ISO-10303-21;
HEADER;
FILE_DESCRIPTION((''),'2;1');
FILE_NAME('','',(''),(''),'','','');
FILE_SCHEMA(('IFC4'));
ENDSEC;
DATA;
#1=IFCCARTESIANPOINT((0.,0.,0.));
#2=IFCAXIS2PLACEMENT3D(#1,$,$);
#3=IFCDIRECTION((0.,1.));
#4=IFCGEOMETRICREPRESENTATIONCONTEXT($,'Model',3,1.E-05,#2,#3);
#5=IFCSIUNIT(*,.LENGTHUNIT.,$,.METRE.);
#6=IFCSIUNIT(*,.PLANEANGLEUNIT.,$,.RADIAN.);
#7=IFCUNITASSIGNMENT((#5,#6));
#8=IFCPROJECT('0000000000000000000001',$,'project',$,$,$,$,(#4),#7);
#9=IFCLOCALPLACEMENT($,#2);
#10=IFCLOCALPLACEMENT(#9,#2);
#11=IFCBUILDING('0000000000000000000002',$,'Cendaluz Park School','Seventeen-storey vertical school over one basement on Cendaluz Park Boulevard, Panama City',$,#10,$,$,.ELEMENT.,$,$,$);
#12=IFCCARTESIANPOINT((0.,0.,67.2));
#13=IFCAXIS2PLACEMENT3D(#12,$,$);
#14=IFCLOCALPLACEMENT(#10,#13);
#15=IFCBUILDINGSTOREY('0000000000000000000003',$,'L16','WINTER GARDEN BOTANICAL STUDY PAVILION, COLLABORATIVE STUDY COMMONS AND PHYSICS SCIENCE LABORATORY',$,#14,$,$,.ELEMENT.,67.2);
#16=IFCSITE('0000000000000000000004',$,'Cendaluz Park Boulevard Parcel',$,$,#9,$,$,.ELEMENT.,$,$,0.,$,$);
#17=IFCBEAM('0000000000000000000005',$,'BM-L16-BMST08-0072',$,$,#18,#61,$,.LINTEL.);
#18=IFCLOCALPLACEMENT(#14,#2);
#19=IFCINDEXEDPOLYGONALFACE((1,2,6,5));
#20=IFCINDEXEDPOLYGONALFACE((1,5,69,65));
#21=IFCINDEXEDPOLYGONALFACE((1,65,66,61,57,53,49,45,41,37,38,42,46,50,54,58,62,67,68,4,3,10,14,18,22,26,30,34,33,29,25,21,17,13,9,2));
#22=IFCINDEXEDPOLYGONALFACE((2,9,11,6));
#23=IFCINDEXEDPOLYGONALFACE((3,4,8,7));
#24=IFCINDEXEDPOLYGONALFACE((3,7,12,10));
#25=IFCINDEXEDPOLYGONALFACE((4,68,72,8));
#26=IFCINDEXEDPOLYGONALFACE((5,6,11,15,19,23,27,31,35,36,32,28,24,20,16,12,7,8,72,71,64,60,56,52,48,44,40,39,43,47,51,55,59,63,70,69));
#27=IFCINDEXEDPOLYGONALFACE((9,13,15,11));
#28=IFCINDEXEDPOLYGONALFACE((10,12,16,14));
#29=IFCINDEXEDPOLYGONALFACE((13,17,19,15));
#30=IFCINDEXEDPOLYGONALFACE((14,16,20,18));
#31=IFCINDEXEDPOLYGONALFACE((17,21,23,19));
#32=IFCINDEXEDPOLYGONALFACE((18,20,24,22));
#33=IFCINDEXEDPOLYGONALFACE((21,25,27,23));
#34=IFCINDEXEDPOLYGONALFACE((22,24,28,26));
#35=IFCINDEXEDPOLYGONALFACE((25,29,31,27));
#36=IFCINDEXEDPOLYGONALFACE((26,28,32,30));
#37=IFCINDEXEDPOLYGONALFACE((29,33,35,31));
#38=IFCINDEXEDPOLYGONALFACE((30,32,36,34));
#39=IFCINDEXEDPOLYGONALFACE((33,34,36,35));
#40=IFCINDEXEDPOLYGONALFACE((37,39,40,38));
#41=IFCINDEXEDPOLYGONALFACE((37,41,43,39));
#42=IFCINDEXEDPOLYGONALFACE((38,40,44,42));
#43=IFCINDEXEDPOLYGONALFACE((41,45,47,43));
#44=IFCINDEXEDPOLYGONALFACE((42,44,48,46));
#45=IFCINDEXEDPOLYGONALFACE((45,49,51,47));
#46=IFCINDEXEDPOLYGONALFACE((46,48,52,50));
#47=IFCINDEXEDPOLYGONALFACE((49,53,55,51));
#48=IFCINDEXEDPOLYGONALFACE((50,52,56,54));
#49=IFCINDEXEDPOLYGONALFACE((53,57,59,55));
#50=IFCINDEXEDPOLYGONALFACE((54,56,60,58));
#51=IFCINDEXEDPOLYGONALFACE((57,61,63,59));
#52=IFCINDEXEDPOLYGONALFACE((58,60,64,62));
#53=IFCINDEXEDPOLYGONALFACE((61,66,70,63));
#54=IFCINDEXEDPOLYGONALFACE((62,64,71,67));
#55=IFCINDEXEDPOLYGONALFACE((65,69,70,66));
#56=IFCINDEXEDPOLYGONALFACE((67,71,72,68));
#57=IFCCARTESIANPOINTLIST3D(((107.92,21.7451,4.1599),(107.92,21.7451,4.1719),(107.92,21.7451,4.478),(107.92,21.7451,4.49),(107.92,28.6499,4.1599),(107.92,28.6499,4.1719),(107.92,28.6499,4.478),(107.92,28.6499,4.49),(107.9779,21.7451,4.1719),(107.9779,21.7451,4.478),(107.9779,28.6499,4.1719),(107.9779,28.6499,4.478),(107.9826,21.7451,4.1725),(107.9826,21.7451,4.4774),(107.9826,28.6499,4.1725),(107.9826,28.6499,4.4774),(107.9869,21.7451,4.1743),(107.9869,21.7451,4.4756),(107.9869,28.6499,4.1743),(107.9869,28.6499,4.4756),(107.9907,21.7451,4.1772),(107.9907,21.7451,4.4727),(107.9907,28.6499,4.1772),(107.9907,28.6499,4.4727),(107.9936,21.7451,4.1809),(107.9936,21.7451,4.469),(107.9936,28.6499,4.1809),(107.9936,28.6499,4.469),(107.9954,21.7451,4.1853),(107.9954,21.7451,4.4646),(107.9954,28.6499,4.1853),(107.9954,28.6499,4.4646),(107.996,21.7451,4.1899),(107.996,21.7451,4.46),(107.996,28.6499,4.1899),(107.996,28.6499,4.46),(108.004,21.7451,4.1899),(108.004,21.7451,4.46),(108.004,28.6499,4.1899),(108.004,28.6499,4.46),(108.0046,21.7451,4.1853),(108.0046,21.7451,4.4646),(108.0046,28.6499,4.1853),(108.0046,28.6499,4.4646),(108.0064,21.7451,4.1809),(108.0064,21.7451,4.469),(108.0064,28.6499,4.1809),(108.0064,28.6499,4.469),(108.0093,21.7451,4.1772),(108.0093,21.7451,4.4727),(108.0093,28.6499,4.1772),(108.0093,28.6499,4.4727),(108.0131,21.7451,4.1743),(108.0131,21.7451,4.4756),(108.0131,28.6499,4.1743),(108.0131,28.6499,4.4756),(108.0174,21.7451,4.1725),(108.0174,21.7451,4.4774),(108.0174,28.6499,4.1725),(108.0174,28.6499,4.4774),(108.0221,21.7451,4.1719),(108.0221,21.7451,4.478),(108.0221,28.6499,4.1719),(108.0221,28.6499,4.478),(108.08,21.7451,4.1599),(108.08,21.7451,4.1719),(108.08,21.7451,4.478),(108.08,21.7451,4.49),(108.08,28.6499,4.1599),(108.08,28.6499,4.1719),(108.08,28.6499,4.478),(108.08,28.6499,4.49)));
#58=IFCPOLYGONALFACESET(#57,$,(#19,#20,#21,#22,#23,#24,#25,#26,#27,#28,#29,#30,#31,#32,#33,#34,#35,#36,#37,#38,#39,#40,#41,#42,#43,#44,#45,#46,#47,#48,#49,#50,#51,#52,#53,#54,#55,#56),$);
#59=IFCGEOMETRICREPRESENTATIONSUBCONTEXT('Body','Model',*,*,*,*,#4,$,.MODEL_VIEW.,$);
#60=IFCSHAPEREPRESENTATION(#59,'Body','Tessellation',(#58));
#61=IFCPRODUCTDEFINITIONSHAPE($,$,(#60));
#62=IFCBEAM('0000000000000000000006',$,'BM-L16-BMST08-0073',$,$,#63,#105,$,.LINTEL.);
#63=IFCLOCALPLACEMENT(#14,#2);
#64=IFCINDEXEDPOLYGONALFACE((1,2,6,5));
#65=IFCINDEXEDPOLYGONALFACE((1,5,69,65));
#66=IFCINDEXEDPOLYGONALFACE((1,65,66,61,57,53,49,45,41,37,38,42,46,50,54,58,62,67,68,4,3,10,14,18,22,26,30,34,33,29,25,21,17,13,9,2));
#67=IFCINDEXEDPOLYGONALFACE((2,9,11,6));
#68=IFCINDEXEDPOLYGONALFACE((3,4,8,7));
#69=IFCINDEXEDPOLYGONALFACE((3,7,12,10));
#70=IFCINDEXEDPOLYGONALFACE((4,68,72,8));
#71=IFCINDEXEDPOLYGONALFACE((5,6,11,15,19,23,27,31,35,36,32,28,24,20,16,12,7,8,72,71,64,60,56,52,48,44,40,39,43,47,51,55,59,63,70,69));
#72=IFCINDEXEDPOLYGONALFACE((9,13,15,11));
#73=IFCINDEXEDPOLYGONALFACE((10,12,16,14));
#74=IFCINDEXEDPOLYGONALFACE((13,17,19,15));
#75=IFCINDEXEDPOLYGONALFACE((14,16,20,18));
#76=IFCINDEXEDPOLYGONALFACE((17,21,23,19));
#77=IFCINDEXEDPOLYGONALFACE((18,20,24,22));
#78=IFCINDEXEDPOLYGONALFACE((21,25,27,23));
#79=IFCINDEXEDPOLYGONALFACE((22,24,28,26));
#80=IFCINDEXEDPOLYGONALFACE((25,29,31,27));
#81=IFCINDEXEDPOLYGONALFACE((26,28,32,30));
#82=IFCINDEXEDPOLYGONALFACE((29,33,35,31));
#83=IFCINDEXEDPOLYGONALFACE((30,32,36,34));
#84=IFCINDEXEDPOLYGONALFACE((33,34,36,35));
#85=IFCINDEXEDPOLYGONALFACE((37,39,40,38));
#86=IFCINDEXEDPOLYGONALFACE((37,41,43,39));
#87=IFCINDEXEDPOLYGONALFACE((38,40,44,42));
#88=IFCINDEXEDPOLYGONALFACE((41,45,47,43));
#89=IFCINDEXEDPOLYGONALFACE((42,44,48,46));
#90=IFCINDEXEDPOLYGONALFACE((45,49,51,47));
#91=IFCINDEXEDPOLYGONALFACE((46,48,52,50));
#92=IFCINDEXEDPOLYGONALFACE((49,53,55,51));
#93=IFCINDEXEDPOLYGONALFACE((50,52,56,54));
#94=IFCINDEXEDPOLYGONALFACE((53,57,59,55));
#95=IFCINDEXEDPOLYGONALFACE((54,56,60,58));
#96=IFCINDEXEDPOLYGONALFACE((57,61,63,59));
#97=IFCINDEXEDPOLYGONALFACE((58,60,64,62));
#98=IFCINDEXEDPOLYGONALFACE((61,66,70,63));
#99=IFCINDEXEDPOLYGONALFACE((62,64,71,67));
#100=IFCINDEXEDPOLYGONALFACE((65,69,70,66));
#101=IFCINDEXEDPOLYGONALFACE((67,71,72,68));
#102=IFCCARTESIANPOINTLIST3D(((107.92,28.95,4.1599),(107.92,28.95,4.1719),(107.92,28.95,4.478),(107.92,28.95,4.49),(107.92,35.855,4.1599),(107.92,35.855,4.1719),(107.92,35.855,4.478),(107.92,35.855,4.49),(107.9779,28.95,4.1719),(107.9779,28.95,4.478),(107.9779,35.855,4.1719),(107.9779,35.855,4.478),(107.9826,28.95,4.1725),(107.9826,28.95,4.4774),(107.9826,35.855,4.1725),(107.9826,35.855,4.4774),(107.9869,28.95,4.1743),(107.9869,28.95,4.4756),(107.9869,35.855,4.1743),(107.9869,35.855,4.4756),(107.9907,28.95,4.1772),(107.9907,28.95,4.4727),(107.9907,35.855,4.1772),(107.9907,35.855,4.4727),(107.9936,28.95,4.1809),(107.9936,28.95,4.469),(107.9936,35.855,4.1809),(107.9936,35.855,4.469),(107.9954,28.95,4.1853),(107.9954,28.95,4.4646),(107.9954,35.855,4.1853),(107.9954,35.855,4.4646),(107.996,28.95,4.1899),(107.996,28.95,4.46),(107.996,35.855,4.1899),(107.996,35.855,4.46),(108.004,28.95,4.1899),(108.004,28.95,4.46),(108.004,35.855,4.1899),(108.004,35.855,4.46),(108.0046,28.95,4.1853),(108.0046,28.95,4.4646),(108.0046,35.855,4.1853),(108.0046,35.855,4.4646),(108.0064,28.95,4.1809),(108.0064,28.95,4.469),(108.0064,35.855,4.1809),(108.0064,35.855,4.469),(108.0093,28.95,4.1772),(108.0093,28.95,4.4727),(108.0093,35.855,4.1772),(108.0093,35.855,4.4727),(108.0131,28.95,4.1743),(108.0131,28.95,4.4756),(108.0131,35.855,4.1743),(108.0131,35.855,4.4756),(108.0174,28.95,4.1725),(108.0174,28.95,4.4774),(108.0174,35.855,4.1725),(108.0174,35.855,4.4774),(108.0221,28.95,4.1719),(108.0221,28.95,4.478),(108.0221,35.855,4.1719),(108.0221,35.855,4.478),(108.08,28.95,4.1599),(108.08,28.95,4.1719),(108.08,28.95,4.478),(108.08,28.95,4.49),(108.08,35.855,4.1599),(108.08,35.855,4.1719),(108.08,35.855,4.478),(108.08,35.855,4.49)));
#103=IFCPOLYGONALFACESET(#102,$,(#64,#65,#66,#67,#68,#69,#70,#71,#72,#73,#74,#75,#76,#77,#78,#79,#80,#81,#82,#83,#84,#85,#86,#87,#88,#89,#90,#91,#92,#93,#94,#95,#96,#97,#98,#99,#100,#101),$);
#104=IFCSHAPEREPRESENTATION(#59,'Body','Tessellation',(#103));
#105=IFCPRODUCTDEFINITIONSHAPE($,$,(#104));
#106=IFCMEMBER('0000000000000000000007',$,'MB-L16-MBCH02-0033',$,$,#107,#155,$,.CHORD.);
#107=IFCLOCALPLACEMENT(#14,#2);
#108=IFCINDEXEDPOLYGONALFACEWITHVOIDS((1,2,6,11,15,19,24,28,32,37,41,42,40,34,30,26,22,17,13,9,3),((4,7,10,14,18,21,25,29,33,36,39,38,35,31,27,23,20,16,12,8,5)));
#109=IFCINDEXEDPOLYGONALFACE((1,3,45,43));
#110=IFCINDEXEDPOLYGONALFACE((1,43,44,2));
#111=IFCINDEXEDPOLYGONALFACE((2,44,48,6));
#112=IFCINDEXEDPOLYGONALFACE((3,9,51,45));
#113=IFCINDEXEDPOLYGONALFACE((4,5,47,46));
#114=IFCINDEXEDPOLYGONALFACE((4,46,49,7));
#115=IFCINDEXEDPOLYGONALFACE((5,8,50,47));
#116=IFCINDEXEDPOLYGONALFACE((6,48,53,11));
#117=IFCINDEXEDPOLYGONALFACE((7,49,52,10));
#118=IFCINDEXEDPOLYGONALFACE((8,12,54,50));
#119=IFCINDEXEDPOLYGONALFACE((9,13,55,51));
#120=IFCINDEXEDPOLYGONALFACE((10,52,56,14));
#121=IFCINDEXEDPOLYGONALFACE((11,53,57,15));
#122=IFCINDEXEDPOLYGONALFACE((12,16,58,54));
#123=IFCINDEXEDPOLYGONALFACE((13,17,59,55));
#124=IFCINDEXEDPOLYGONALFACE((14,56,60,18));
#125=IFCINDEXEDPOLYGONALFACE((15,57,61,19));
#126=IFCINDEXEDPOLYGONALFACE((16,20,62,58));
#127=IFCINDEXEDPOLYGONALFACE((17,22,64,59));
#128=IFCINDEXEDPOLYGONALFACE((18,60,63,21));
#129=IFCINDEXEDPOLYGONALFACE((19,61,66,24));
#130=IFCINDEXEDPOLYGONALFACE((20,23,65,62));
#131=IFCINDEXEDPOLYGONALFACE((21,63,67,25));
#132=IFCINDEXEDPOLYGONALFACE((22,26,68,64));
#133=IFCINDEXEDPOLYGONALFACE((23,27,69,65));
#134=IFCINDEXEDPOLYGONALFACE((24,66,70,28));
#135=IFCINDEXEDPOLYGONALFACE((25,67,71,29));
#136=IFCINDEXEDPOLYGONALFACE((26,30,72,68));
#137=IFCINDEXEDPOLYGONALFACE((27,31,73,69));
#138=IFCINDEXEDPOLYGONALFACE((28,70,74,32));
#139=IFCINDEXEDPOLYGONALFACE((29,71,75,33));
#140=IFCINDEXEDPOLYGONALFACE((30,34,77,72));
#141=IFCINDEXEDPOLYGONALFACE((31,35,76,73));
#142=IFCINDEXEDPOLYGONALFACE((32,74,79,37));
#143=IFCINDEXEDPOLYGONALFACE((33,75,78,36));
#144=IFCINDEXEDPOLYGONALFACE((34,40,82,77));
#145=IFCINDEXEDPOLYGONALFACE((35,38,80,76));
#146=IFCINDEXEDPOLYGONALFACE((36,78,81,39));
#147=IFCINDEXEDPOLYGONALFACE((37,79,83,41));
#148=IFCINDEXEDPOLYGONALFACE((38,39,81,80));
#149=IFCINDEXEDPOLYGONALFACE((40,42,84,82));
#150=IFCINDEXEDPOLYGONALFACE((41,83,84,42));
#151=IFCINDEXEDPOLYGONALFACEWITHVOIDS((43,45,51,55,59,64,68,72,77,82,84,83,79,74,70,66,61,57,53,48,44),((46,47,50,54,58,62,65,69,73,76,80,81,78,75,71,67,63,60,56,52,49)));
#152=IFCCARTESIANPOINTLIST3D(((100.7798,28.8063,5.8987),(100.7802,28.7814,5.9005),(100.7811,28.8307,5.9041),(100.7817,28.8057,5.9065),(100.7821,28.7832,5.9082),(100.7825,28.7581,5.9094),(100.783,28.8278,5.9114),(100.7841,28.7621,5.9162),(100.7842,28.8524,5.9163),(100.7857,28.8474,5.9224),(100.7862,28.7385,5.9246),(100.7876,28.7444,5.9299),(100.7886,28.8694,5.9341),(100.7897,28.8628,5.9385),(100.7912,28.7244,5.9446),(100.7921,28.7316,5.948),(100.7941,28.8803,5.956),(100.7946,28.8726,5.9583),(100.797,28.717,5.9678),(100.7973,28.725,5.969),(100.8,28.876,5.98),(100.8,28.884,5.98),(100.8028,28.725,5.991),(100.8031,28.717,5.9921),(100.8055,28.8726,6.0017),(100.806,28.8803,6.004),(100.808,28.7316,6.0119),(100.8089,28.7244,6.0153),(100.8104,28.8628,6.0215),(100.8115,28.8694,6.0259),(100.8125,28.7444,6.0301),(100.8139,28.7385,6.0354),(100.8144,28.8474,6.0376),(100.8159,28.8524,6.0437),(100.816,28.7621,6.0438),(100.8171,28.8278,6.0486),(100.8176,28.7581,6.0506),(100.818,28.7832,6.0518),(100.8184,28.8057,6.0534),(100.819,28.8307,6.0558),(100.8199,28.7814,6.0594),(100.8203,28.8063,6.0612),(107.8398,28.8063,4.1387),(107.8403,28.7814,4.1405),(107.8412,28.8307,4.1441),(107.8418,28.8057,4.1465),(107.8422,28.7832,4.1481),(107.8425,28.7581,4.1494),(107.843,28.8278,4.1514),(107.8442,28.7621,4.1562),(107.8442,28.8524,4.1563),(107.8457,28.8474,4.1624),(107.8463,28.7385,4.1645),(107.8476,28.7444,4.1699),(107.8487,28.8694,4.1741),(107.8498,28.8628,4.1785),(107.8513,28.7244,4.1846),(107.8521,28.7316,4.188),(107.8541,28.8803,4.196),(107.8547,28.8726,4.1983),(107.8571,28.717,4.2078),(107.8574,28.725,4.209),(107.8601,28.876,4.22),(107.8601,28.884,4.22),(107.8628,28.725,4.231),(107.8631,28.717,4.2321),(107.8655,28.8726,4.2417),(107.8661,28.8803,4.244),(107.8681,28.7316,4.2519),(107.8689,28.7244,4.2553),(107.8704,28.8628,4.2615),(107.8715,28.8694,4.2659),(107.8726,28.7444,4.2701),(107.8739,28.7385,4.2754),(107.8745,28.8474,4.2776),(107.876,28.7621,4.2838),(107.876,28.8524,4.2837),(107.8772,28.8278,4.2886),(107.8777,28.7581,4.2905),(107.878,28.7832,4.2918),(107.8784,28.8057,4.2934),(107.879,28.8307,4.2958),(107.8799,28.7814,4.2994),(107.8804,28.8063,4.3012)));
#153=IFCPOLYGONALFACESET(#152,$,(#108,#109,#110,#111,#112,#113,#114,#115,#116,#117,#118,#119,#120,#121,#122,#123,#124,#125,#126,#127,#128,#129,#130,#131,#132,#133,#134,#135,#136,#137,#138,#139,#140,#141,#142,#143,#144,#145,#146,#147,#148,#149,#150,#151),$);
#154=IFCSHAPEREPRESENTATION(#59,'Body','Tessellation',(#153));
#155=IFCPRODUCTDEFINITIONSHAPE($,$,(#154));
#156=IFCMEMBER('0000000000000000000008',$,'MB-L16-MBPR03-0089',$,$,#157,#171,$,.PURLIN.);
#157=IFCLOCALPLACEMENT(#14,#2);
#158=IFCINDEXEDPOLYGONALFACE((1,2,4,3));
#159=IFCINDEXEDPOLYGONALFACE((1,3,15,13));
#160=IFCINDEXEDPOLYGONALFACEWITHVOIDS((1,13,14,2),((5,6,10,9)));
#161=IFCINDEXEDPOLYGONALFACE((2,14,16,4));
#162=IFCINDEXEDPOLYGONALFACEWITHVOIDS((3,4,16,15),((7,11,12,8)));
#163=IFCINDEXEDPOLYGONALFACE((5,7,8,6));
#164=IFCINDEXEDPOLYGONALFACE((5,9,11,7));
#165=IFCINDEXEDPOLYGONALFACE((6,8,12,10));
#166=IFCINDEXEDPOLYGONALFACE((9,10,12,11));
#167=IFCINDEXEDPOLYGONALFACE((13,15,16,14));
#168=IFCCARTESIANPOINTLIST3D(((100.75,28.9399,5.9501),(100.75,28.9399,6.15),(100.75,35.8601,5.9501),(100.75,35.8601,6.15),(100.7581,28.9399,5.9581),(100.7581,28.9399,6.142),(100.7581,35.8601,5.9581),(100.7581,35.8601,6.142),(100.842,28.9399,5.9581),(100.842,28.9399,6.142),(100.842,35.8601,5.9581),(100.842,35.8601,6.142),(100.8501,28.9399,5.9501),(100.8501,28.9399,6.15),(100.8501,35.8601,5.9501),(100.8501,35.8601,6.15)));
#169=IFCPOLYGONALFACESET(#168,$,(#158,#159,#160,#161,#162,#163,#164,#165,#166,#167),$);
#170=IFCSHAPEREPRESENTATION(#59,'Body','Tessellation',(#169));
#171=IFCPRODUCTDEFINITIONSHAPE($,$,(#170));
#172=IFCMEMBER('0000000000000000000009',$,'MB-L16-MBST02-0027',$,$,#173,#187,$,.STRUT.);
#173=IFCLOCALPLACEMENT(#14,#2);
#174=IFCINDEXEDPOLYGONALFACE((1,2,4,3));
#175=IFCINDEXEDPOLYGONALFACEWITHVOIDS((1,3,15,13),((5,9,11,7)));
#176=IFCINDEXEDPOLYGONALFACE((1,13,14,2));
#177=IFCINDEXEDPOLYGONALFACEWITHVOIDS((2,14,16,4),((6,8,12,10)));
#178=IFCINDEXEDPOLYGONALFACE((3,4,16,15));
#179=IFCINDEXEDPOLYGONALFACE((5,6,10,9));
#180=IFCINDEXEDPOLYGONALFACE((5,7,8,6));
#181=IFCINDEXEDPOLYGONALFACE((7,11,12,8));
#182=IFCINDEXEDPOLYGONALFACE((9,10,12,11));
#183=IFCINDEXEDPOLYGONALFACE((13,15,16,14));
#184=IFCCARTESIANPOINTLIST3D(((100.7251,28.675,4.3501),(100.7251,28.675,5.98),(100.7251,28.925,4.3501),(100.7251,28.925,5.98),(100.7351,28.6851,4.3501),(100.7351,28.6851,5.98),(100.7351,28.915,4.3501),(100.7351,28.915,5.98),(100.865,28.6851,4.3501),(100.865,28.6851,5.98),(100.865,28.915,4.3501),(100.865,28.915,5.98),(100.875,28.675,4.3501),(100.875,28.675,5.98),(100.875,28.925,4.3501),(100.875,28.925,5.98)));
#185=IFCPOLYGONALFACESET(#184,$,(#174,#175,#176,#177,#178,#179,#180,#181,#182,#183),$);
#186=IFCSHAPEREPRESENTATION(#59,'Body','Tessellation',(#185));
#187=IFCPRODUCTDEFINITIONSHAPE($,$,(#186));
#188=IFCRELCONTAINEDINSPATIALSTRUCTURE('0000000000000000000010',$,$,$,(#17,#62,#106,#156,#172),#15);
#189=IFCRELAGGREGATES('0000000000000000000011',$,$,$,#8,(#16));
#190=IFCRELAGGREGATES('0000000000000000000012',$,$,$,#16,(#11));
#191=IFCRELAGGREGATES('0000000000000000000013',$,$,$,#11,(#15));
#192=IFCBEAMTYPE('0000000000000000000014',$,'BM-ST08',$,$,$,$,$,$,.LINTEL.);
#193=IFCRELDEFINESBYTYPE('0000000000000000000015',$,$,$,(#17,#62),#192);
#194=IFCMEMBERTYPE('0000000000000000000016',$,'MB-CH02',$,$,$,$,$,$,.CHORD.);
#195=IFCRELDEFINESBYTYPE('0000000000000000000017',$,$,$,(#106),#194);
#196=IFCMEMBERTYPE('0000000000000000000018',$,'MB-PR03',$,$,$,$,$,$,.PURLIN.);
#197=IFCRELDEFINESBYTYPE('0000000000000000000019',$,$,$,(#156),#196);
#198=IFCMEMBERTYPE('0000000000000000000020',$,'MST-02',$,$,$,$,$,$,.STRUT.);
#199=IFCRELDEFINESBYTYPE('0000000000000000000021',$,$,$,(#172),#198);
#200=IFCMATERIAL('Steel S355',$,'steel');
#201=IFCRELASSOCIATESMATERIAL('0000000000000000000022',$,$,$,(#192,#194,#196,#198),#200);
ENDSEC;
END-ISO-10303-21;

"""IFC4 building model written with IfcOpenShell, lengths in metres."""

from ifc_helpers import new_model, si_unit, direction, frame, origin, origin_2d, place, context, subcontext, project, spatial, hollow_rectangle, hollow_circle, i_section, extrude, material, material_profile, profile_set, type_object, element, save


model = new_model("IFC4")

# Units and contexts
model_context = context("Model", 3, precision=1e-05, world=origin(), true_north=direction((0.0, 1.0)))
body_context = subcontext(model_context, "Body", "Model", "MODEL_VIEW")
ifc_project = project(units=[si_unit("LENGTHUNIT", "METRE"), si_unit("PLANEANGLEUNIT", "RADIAN")], contexts=[model_context])

# Site, building, storey
site_placement = place(None, origin())
site = spatial("IfcSite", under=ifc_project, at=site_placement, Name="Cendaluz Park Boulevard Parcel", CompositionType="ELEMENT", RefElevation=0.0)
building_placement = place(site_placement, origin())
building = spatial("IfcBuilding", under=site, at=building_placement, Name="Cendaluz Park School", Description="Seventeen-storey vertical school over one basement on Cendaluz Park Boulevard, Panama City", CompositionType="ELEMENT")
storey_placement = place(building_placement, frame((0.0, 0.0, 67.2)))
storey = spatial("IfcBuildingStorey", under=building, at=storey_placement, Name="L16", Description="WINTER GARDEN BOTANICAL STUDY PAVILION, COLLABORATIVE STUDY COMMONS AND PHYSICS SCIENCE LABORATORY", CompositionType="ELEMENT", Elevation=67.2)

# Shared definitions
ifc_material_1 = material(Name="Steel S355", Category="steel")

# Beams
ifc_material_profile_1 = material_profile(ifc_material_1, i_section(OverallWidth=0.1599, OverallDepth=0.3301, WebThickness=0.0081, FlangeThickness=0.012, FilletRadius=0.0181, at=origin_2d()), Name="IPE 330", Category="steel")
ifc_profile_set_1 = profile_set([ifc_material_profile_1], Name="Steel S355")
beam_type_1 = type_object("IfcBeamType", Name="BM-ST08", PredefinedType="LINTEL", material=ifc_profile_set_1)
beam_1_placement = place(storey_placement, frame((108.0, 21.7451, 4.325), z_axis=(0.0, 1.0, 0.0), x_axis=(-1.0, 0.0, 0.0)))
element("IfcBeam", 1, at=beam_1_placement, inside=storey, type_object=beam_type_1, Name="BM-L16-BMST08-0072", PredefinedType="LINTEL", context=body_context, shape_type="SweptSolid", body=[
    extrude(i_section(OverallWidth=0.1599, OverallDepth=0.3301, WebThickness=0.0081, FlangeThickness=0.012, FilletRadius=0.0181, at=origin_2d()), origin(), (0.0, 0.0, 1.0), 6.9048),
])
beam_2_placement = place(storey_placement, frame((108.0, 28.95, 4.325), z_axis=(0.0, 1.0, 0.0), x_axis=(-1.0, 0.0, 0.0)))
element("IfcBeam", 2, at=beam_2_placement, inside=storey, type_object=beam_type_1, Name="BM-L16-BMST08-0073", PredefinedType="LINTEL", context=body_context, shape_type="SweptSolid", body=[
    extrude(i_section(OverallWidth=0.1599, OverallDepth=0.3301, WebThickness=0.0081, FlangeThickness=0.012, FilletRadius=0.0181, at=origin_2d()), origin(), (0.0, 0.0, 1.0), 6.905),
])

# Members
ifc_material_profile_2 = material_profile(ifc_material_1, hollow_circle(Radius=0.084, WallThickness=0.0081, at=origin_2d()), Name="CHS 168x8", Category="steel")
ifc_profile_set_2 = profile_set([ifc_material_profile_2], Name="Steel S355")
member_type_1 = type_object("IfcMemberType", Name="MB-CH02", PredefinedType="CHORD", material=ifc_profile_set_2)
member_1_placement = place(storey_placement, frame((100.8, 28.8, 5.98), z_axis=(0.970304, 0.0, -0.241888), x_axis=(0.0, 1.0, 0.0)))
element("IfcMember", 3, at=member_1_placement, inside=storey, type_object=member_type_1, Name="MB-L16-MBCH02-0033", PredefinedType="CHORD", context=body_context, shape_type="SweptSolid", body=[
    extrude(hollow_circle(Radius=0.084, WallThickness=0.0081, at=origin_2d()), origin(), (0.0, 0.0, 1.0), 7.2761),
])
ifc_material_profile_3 = material_profile(ifc_material_1, hollow_rectangle(XDim=0.1001, YDim=0.2, WallThickness=0.0081, at=origin_2d()), Name="RHS 200x100x8", Category="steel")
ifc_profile_set_3 = profile_set([ifc_material_profile_3], Name="Steel S355")
member_type_2 = type_object("IfcMemberType", Name="MB-PR03", PredefinedType="PURLIN", material=ifc_profile_set_3)
member_2_placement = place(storey_placement, frame((100.8, 28.9399, 6.05), z_axis=(0.0, 1.0, 0.0), x_axis=(-1.0, 0.0, 0.0)))
element("IfcMember", 4, at=member_2_placement, inside=storey, type_object=member_type_2, Name="MB-L16-MBPR03-0089", PredefinedType="PURLIN", context=body_context, shape_type="SweptSolid", body=[
    extrude(hollow_rectangle(XDim=0.1001, YDim=0.2, WallThickness=0.0081, at=origin_2d()), origin(), (0.0, 0.0, 1.0), 6.9202),
])
ifc_material_profile_4 = material_profile(ifc_material_1, hollow_rectangle(XDim=0.1499, YDim=0.25, WallThickness=0.01, at=origin_2d()), Name="RHS 250x150x10", Category="steel")
ifc_profile_set_4 = profile_set([ifc_material_profile_4], Name="Steel S355")
member_type_3 = type_object("IfcMemberType", Name="MST-02", PredefinedType="STRUT", material=ifc_profile_set_4)
member_3_placement = place(storey_placement, frame((100.8, 28.8, 4.3501), z_axis=(0.0, 0.0, 1.0), x_axis=(1.0, 0.0, 0.0)))
element("IfcMember", 5, at=member_3_placement, inside=storey, type_object=member_type_3, Name="MB-L16-MBST02-0027", PredefinedType="STRUT", context=body_context, shape_type="SweptSolid", body=[
    extrude(hollow_rectangle(XDim=0.1499, YDim=0.25, WallThickness=0.01, at=origin_2d()), origin(), (0.0, 0.0, 1.0), 1.6299),
])

save(model, "model.ifc")
